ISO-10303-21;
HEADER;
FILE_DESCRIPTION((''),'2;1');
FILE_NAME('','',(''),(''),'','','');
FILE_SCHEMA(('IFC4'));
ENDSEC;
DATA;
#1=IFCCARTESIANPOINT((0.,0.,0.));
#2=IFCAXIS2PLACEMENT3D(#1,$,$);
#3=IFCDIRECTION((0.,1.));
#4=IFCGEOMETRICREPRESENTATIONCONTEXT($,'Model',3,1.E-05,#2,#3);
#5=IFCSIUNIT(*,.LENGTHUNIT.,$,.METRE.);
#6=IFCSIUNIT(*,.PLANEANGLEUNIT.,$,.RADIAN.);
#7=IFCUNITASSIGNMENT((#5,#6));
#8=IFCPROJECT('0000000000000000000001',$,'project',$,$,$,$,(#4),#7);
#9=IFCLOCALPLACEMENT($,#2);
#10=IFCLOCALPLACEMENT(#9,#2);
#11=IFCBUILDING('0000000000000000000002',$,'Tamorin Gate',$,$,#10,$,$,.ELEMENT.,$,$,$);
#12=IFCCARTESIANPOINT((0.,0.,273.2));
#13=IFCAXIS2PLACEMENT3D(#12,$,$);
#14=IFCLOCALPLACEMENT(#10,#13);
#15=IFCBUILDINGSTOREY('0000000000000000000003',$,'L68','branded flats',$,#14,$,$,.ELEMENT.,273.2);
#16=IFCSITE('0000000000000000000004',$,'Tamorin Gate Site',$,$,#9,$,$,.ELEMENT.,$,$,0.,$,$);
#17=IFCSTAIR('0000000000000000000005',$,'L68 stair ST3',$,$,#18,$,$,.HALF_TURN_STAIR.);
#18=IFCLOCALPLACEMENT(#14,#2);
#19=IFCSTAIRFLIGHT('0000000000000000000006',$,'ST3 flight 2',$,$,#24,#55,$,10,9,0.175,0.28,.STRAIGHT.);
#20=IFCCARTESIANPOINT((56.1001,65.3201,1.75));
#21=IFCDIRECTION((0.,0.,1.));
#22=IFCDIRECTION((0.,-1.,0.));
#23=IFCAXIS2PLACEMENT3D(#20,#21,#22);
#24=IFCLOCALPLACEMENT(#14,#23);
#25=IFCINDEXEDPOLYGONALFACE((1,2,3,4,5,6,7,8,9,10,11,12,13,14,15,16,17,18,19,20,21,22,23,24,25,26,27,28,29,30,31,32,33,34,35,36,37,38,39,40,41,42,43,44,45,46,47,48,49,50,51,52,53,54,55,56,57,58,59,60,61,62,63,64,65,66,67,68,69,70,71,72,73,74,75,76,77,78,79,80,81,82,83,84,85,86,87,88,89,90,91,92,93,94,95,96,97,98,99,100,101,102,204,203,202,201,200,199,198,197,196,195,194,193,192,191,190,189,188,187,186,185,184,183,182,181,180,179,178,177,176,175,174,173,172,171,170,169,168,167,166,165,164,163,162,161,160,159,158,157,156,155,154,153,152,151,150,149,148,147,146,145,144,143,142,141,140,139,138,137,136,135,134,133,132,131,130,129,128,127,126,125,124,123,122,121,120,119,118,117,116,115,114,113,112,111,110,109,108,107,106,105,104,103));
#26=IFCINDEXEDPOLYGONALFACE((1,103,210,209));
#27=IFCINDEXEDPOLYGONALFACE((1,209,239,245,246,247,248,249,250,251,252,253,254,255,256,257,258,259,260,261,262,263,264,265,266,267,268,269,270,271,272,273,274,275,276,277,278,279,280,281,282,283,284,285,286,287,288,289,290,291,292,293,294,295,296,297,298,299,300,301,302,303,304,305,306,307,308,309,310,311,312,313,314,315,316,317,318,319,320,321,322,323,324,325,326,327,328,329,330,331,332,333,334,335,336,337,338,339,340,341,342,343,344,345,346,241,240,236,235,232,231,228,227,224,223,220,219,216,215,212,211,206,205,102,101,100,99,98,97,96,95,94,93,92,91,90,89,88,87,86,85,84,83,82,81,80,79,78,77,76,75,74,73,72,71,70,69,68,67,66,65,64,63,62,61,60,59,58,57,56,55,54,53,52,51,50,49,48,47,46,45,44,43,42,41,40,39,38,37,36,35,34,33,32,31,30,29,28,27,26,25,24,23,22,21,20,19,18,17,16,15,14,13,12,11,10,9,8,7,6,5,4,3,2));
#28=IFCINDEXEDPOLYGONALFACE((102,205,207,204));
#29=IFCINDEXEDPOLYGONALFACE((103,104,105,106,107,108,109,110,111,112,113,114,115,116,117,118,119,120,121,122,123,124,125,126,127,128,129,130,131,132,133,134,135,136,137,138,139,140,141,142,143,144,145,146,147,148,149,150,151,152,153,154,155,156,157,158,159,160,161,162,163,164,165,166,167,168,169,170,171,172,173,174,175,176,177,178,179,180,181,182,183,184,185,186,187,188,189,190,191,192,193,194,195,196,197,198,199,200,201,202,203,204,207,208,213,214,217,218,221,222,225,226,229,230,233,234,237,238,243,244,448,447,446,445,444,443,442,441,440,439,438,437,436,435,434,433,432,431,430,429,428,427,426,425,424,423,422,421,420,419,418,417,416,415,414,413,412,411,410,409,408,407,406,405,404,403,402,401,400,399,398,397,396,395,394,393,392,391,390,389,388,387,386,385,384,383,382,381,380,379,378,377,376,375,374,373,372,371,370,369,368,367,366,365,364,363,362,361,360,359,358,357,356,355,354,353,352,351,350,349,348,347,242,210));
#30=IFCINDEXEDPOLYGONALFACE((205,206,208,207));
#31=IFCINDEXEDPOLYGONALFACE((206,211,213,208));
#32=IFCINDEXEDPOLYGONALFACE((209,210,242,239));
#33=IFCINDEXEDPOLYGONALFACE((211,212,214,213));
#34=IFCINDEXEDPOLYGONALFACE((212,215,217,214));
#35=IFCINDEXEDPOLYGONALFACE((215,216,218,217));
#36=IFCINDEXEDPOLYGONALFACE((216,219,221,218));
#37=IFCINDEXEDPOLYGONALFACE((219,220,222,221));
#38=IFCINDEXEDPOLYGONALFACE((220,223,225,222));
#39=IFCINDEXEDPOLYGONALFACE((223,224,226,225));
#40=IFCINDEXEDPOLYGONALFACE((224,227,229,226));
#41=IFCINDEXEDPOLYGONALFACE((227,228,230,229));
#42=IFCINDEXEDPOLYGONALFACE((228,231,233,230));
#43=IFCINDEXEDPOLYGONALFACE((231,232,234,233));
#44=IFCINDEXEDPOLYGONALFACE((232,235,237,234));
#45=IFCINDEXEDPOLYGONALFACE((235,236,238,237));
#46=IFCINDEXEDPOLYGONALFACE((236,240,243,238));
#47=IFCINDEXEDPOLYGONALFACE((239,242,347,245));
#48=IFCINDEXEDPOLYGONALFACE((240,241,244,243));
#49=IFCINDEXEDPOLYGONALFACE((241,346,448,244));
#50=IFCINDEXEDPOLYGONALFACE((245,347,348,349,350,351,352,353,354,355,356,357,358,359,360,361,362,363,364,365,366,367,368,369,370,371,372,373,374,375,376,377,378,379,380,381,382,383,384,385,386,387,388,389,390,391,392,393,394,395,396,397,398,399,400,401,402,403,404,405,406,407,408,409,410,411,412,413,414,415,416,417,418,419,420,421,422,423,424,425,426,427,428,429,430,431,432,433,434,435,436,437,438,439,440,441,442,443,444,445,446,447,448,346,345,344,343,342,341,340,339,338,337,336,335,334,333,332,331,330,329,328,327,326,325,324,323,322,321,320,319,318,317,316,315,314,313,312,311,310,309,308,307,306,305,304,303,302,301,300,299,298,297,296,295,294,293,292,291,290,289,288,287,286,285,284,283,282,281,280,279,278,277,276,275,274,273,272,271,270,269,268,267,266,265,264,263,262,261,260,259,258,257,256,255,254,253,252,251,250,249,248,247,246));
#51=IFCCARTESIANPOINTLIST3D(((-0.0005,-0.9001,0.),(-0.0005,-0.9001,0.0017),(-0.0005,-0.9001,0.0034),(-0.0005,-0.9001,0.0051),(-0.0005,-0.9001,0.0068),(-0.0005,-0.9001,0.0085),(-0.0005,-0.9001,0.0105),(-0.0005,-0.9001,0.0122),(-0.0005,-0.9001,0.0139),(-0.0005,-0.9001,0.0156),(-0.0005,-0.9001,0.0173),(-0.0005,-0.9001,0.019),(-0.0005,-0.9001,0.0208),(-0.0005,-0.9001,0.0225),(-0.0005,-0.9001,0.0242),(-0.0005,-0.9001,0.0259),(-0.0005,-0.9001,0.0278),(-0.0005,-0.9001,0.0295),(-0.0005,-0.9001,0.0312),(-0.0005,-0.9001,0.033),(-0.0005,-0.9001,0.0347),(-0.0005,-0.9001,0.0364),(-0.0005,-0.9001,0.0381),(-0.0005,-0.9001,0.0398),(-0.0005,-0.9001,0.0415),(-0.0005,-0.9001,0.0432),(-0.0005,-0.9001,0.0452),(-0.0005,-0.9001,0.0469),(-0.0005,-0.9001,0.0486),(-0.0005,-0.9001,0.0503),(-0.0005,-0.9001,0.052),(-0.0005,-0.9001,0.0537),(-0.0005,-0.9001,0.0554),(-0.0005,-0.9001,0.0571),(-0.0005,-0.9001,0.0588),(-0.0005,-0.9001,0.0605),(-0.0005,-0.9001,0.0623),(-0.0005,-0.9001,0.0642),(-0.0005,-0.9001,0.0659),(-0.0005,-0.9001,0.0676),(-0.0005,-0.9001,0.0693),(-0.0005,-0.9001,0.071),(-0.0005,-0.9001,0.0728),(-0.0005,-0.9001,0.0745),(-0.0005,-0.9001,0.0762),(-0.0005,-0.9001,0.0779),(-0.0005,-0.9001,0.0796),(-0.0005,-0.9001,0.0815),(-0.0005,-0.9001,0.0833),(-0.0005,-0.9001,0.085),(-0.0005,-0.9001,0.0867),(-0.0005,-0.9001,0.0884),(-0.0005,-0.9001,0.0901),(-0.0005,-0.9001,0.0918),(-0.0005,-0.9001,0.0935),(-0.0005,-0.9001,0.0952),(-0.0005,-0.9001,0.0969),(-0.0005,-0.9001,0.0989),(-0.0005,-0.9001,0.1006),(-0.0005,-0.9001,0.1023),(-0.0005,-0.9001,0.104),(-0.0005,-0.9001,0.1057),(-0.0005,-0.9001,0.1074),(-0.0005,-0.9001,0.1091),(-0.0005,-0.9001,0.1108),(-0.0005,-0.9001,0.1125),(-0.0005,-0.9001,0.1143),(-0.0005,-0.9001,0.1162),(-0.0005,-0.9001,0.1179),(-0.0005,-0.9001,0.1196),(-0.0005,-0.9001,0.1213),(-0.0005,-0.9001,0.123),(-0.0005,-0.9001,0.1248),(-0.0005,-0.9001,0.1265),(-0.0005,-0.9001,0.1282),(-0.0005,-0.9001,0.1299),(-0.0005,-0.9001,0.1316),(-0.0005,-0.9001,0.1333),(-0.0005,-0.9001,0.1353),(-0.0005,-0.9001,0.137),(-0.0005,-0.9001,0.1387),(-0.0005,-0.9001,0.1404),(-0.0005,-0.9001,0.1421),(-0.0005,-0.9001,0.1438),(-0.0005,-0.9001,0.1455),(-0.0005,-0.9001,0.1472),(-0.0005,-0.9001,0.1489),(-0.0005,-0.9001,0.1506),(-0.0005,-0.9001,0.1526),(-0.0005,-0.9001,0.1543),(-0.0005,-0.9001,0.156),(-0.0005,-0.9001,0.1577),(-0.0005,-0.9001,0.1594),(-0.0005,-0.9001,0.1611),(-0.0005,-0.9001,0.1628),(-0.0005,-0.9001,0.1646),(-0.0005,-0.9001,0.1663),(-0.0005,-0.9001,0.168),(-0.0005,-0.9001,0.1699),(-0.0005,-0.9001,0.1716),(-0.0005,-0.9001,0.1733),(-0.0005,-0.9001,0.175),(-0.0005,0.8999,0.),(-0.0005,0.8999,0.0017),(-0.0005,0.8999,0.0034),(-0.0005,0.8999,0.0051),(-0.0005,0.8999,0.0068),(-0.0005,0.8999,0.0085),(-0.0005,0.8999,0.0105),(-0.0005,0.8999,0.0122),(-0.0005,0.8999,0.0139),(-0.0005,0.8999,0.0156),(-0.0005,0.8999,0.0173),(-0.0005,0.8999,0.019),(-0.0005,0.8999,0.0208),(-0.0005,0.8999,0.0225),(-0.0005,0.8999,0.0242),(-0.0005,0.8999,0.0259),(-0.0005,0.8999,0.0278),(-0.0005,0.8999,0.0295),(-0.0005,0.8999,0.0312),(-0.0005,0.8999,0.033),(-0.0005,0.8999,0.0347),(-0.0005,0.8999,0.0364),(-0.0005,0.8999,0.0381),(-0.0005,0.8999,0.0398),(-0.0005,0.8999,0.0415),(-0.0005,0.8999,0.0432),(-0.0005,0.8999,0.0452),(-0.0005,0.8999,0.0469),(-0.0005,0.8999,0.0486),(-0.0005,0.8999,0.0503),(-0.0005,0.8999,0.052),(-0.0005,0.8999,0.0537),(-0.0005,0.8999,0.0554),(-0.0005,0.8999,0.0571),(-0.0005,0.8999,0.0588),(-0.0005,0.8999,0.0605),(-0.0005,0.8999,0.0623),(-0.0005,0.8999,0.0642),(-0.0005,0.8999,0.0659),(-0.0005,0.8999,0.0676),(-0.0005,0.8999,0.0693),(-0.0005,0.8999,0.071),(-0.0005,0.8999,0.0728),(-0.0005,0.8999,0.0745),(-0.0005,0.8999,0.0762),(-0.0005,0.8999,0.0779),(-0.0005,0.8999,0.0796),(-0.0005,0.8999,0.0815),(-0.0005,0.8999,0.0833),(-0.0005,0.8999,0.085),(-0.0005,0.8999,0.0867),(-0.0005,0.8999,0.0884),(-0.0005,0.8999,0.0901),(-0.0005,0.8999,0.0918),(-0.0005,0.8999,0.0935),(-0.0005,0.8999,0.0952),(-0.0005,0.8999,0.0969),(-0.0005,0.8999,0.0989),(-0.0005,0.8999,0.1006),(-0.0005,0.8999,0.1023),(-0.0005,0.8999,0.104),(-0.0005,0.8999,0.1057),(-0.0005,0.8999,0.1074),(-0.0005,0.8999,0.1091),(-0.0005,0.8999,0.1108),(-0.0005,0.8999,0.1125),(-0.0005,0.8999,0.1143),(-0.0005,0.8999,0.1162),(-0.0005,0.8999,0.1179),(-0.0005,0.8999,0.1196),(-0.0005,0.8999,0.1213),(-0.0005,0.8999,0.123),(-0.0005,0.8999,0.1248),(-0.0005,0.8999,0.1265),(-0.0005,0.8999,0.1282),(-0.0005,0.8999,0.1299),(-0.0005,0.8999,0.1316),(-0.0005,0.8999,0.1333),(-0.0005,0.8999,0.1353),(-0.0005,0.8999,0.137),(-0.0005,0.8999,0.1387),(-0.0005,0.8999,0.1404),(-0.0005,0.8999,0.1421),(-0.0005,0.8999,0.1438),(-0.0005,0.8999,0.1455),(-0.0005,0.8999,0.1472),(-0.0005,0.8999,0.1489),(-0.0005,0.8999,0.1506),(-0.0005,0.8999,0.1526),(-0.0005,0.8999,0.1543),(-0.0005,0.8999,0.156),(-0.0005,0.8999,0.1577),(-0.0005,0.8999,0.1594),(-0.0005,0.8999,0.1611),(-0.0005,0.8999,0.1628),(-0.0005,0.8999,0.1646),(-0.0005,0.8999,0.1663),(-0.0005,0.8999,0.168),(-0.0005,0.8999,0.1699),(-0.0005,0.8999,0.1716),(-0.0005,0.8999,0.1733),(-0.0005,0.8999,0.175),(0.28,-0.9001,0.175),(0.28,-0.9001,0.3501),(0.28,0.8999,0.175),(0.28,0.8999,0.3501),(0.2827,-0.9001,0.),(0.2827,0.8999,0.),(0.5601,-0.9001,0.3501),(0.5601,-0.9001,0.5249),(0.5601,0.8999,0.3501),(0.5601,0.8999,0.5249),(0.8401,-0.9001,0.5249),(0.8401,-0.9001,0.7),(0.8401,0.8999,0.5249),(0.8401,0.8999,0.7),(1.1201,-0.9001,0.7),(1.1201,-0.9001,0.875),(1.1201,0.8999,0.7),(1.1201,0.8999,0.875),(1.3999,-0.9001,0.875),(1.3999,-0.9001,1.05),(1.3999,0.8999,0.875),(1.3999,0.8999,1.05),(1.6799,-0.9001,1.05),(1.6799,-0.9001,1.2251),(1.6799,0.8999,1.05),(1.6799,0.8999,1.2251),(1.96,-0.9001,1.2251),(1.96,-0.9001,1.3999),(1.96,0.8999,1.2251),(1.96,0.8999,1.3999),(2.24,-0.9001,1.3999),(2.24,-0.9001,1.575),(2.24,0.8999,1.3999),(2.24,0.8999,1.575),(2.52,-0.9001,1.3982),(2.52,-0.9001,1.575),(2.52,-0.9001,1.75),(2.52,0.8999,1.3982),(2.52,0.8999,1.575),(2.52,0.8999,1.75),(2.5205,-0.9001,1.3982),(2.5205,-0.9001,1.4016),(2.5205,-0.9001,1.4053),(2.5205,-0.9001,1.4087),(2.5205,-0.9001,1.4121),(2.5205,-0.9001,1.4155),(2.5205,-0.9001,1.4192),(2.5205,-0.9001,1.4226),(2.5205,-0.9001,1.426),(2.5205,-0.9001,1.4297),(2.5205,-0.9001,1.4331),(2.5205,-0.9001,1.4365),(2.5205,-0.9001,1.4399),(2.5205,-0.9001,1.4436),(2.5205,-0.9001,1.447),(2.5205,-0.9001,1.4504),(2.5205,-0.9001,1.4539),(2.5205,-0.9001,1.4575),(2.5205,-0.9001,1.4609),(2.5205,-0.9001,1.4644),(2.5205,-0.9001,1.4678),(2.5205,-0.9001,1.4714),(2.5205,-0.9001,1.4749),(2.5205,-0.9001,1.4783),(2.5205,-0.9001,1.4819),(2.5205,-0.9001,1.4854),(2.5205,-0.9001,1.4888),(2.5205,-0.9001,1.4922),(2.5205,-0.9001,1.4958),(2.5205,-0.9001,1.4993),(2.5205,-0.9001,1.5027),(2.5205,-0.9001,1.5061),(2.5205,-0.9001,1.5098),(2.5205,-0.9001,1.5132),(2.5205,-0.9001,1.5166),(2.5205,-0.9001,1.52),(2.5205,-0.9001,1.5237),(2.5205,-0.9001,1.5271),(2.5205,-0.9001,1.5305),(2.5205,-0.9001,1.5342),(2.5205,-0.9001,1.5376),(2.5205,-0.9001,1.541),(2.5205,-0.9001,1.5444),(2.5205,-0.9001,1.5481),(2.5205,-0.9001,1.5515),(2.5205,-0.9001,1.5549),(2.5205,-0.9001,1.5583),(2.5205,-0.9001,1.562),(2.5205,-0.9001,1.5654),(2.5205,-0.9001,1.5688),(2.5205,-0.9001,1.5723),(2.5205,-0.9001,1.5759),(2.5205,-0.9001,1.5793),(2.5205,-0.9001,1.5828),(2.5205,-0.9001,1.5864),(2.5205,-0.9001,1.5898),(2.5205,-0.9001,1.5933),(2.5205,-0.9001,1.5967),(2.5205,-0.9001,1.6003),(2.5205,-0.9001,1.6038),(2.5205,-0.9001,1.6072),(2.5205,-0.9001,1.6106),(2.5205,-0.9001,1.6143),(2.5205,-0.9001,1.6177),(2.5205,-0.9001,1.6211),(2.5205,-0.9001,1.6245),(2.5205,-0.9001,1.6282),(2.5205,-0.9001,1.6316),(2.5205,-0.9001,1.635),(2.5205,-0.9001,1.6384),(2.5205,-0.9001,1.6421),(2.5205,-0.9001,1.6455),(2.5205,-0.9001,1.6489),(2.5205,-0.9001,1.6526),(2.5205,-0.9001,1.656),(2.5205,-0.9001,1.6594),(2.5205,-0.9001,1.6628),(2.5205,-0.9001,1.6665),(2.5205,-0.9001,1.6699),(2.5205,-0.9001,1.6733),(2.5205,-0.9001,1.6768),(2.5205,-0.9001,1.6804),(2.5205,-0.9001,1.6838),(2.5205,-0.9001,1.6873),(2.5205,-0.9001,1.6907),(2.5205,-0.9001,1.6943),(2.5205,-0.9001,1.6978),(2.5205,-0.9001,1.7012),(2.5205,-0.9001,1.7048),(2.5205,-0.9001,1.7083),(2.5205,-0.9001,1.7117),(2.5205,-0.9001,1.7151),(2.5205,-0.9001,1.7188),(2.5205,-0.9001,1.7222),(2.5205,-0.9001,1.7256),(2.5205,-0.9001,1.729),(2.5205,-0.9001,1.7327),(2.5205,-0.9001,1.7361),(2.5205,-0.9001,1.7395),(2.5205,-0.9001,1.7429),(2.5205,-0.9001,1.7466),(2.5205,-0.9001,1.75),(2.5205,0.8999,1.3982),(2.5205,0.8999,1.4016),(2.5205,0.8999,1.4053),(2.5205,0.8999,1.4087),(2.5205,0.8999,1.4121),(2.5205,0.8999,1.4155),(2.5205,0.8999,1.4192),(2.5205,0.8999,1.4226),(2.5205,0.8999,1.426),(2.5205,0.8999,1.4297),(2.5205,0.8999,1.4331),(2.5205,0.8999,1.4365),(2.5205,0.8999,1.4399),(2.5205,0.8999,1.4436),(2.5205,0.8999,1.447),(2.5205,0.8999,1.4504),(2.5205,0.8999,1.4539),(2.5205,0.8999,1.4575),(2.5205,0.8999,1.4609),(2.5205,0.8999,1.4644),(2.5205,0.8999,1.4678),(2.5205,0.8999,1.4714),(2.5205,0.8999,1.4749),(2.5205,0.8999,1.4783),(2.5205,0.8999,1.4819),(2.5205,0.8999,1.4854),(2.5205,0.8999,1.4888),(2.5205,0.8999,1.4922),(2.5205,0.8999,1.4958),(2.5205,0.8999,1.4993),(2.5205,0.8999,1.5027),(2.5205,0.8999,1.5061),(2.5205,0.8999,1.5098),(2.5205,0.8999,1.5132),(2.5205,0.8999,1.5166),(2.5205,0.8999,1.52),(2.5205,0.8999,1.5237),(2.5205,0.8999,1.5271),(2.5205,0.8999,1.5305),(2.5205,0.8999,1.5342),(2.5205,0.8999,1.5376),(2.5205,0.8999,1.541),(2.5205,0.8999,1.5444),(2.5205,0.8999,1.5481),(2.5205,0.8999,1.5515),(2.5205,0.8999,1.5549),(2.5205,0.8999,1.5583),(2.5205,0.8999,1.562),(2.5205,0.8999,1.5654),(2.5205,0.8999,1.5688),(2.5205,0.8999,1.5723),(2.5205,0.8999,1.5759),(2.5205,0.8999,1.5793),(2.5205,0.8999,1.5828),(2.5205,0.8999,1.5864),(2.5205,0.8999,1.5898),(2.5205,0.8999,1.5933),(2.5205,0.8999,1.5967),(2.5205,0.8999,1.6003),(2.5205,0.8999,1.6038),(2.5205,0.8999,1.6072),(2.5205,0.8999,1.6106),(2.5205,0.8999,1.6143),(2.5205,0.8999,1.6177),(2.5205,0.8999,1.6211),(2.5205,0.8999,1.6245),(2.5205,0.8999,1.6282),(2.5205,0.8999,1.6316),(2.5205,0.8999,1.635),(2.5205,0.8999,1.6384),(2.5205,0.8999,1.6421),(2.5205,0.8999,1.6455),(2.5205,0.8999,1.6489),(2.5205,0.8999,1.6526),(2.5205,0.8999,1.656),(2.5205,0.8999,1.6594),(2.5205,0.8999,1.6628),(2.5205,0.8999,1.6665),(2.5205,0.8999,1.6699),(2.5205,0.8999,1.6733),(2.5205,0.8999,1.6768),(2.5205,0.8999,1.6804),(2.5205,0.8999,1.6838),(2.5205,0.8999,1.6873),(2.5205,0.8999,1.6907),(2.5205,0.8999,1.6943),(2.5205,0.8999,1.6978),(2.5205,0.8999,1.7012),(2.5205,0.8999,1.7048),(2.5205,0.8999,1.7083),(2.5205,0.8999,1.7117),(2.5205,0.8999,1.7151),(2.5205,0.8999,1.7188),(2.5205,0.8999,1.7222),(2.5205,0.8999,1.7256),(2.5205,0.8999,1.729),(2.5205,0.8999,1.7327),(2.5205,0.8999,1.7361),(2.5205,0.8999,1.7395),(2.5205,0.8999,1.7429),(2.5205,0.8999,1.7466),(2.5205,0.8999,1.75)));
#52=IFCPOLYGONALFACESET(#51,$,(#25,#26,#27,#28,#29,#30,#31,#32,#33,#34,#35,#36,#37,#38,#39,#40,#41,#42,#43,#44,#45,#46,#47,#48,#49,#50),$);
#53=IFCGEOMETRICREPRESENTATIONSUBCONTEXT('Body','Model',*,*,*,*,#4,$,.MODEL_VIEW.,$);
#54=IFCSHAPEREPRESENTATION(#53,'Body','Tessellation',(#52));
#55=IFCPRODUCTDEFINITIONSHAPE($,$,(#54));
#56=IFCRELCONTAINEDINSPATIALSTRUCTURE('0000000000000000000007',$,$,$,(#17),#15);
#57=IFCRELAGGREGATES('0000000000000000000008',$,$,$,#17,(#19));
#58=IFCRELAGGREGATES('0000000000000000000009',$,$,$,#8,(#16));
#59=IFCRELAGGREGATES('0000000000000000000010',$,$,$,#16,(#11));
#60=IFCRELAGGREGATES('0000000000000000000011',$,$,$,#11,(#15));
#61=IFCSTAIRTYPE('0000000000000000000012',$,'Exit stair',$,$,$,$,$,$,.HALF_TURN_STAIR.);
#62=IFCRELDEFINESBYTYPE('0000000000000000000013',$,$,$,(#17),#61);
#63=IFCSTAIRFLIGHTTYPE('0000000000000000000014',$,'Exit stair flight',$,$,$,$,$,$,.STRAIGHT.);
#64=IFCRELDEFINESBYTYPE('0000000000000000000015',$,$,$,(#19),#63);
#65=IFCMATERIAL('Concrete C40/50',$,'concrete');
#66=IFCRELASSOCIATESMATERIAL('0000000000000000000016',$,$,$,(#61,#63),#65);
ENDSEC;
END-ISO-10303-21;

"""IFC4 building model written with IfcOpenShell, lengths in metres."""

from ifc_helpers import new_model, si_unit, direction, frame, origin, place, context, subcontext, project, spatial, polyline, outline, extrude, material, type_object, element, aggregate, save


model = new_model("IFC4")

# Units and contexts
model_context = context("Model", 3, precision=1e-05, world=origin(), true_north=direction((0.0, 1.0)))
body_context = subcontext(model_context, "Body", "Model", "MODEL_VIEW")
ifc_project = project(units=[si_unit("LENGTHUNIT", "METRE"), si_unit("PLANEANGLEUNIT", "RADIAN")], contexts=[model_context])

# Site, building, storey
site_placement = place(None, origin())
site = spatial("IfcSite", under=ifc_project, at=site_placement, Name="Tamorin Gate Site", CompositionType="ELEMENT", RefElevation=0.0)
building_placement = place(site_placement, origin())
building = spatial("IfcBuilding", under=site, at=building_placement, Name="Tamorin Gate", CompositionType="ELEMENT")
storey_placement = place(building_placement, frame((0.0, 0.0, 273.2)))
storey = spatial("IfcBuildingStorey", under=building, at=storey_placement, Name="L68", Description="branded flats", CompositionType="ELEMENT", Elevation=273.2)

# Shared definitions
ifc_material_1 = material(Name="Concrete C40/50", Category="concrete")

# Stair, stair flight
stair_type = type_object("IfcStairType", Name="Exit stair", PredefinedType="HALF_TURN_STAIR", material=ifc_material_1)
stair_placement = place(storey_placement, origin())
stair = element("IfcStair", 1, at=stair_placement, inside=storey, type_object=stair_type, Name="L68 stair ST3", PredefinedType="HALF_TURN_STAIR")
stair_flight_type = type_object("IfcStairFlightType", Name="Exit stair flight", PredefinedType="STRAIGHT", material=ifc_material_1)
stair_flight_placement = place(storey_placement, frame((56.1001, 65.3201, 1.75), z_axis=(0.0, 0.0, 1.0), x_axis=(0.0, -1.0, 0.0)))
stair_flight = element("IfcStairFlight", 2, at=stair_flight_placement, type_object=stair_flight_type, Name="ST3 flight 2", NumberOfRisers=10, NumberOfTreads=9, PredefinedType="STRAIGHT", RiserHeight=0.175, TreadLength=0.28, context=body_context, shape_type="SweptSolid", body=[
    extrude(outline(polyline([(-0.0005, 0.0), (-0.0005, 0.0017), (-0.0005, 0.0034), (-0.0005, 0.0051), (-0.0005, 0.0068), (-0.0005, 0.0085), (-0.0005, 0.0105), (-0.0005, 0.0122), (-0.0005, 0.0139), (-0.0005, 0.0156), (-0.0005, 0.0173), (-0.0005, 0.019), (-0.0005, 0.0208), (-0.0005, 0.0225), (-0.0005, 0.0242), (-0.0005, 0.0259), (-0.0005, 0.0278), (-0.0005, 0.0295), (-0.0005, 0.0312), (-0.0005, 0.033), (-0.0005, 0.0347), (-0.0005, 0.0364), (-0.0005, 0.0381), (-0.0005, 0.0398), (-0.0005, 0.0415), (-0.0005, 0.0432), (-0.0005, 0.0452), (-0.0005, 0.0469), (-0.0005, 0.0486), (-0.0005, 0.0503), (-0.0005, 0.052), (-0.0005, 0.0537), (-0.0005, 0.0554), (-0.0005, 0.0571), (-0.0005, 0.0588), (-0.0005, 0.0605), (-0.0005, 0.0623), (-0.0005, 0.0642), (-0.0005, 0.0659), (-0.0005, 0.0676), (-0.0005, 0.0693), (-0.0005, 0.071), (-0.0005, 0.0728), (-0.0005, 0.0745), (-0.0005, 0.0762), (-0.0005, 0.0779), (-0.0005, 0.0796), (-0.0005, 0.0815), (-0.0005, 0.0833), (-0.0005, 0.085), (-0.0005, 0.0867), (-0.0005, 0.0884), (-0.0005, 0.0901), (-0.0005, 0.0918), (-0.0005, 0.0935), (-0.0005, 0.0952), (-0.0005, 0.0969), (-0.0005, 0.0989), (-0.0005, 0.1006), (-0.0005, 0.1023), (-0.0005, 0.104), (-0.0005, 0.1057), (-0.0005, 0.1074), (-0.0005, 0.1091), (-0.0005, 0.1108), (-0.0005, 0.1125), (-0.0005, 0.1143), (-0.0005, 0.1162), (-0.0005, 0.1179), (-0.0005, 0.1196), (-0.0005, 0.1213), (-0.0005, 0.123), (-0.0005, 0.1248), (-0.0005, 0.1265), (-0.0005, 0.1282), (-0.0005, 0.1299), (-0.0005, 0.1316), (-0.0005, 0.1333), (-0.0005, 0.1353), (-0.0005, 0.137), (-0.0005, 0.1387), (-0.0005, 0.1404), (-0.0005, 0.1421), (-0.0005, 0.1438), (-0.0005, 0.1455), (-0.0005, 0.1472), (-0.0005, 0.1489), (-0.0005, 0.1506), (-0.0005, 0.1526), (-0.0005, 0.1543), (-0.0005, 0.156), (-0.0005, 0.1577), (-0.0005, 0.1594), (-0.0005, 0.1611), (-0.0005, 0.1628), (-0.0005, 0.1646), (-0.0005, 0.1663), (-0.0005, 0.168), (-0.0005, 0.1699), (-0.0005, 0.1716), (-0.0005, 0.1733), (-0.0005, 0.175), (0.28, 0.175), (0.28, 0.3501), (0.5601, 0.3501), (0.5601, 0.5249), (0.8401, 0.5249), (0.8401, 0.7), (1.1201, 0.7), (1.1201, 0.875), (1.3999, 0.875), (1.3999, 1.05), (1.6799, 1.05), (1.6799, 1.2251), (1.96, 1.2251), (1.96, 1.3999), (2.24, 1.3999), (2.24, 1.575), (2.52, 1.575), (2.52, 1.75), (2.5205, 1.75), (2.5205, 1.7466), (2.5205, 1.7429), (2.5205, 1.7395), (2.5205, 1.7361), (2.5205, 1.7327), (2.5205, 1.729), (2.5205, 1.7256), (2.5205, 1.7222), (2.5205, 1.7188), (2.5205, 1.7151), (2.5205, 1.7117), (2.5205, 1.7083), (2.5205, 1.7048), (2.5205, 1.7012), (2.5205, 1.6978), (2.5205, 1.6943), (2.5205, 1.6907), (2.5205, 1.6873), (2.5205, 1.6838), (2.5205, 1.6804), (2.5205, 1.6768), (2.5205, 1.6733), (2.5205, 1.6699), (2.5205, 1.6665), (2.5205, 1.6628), (2.5205, 1.6594), (2.5205, 1.656), (2.5205, 1.6526), (2.5205, 1.6489), (2.5205, 1.6455), (2.5205, 1.6421), (2.5205, 1.6384), (2.5205, 1.635), (2.5205, 1.6316), (2.5205, 1.6282), (2.5205, 1.6245), (2.5205, 1.6211), (2.5205, 1.6177), (2.5205, 1.6143), (2.5205, 1.6106), (2.5205, 1.6072), (2.5205, 1.6038), (2.5205, 1.6003), (2.5205, 1.5967), (2.5205, 1.5933), (2.5205, 1.5898), (2.5205, 1.5864), (2.5205, 1.5828), (2.5205, 1.5793), (2.5205, 1.5759), (2.5205, 1.5723), (2.5205, 1.5688), (2.5205, 1.5654), (2.5205, 1.562), (2.5205, 1.5583), (2.5205, 1.5549), (2.5205, 1.5515), (2.5205, 1.5481), (2.5205, 1.5444), (2.5205, 1.541), (2.5205, 1.5376), (2.5205, 1.5342), (2.5205, 1.5305), (2.5205, 1.5271), (2.5205, 1.5237), (2.5205, 1.52), (2.5205, 1.5166), (2.5205, 1.5132), (2.5205, 1.5098), (2.5205, 1.5061), (2.5205, 1.5027), (2.5205, 1.4993), (2.5205, 1.4958), (2.5205, 1.4922), (2.5205, 1.4888), (2.5205, 1.4854), (2.5205, 1.4819), (2.5205, 1.4783), (2.5205, 1.4749), (2.5205, 1.4714), (2.5205, 1.4678), (2.5205, 1.4644), (2.5205, 1.4609), (2.5205, 1.4575), (2.5205, 1.4539), (2.5205, 1.4504), (2.5205, 1.447), (2.5205, 1.4436), (2.5205, 1.4399), (2.5205, 1.4365), (2.5205, 1.4331), (2.5205, 1.4297), (2.5205, 1.426), (2.5205, 1.4226), (2.5205, 1.4192), (2.5205, 1.4155), (2.5205, 1.4121), (2.5205, 1.4087), (2.5205, 1.4053), (2.5205, 1.4016), (2.5205, 1.3982), (2.52, 1.3982), (0.2827, 0.0), (-0.0005, 0.0)])), frame((0.0, 0.8999, 0.0), z_axis=(0.0, -1.0, 0.0), x_axis=(1.0, 0.0, 0.0)), (0.0, 0.0, 1.0), 1.8),
])
aggregate(stair, [stair_flight])

save(model, "model.ifc")
